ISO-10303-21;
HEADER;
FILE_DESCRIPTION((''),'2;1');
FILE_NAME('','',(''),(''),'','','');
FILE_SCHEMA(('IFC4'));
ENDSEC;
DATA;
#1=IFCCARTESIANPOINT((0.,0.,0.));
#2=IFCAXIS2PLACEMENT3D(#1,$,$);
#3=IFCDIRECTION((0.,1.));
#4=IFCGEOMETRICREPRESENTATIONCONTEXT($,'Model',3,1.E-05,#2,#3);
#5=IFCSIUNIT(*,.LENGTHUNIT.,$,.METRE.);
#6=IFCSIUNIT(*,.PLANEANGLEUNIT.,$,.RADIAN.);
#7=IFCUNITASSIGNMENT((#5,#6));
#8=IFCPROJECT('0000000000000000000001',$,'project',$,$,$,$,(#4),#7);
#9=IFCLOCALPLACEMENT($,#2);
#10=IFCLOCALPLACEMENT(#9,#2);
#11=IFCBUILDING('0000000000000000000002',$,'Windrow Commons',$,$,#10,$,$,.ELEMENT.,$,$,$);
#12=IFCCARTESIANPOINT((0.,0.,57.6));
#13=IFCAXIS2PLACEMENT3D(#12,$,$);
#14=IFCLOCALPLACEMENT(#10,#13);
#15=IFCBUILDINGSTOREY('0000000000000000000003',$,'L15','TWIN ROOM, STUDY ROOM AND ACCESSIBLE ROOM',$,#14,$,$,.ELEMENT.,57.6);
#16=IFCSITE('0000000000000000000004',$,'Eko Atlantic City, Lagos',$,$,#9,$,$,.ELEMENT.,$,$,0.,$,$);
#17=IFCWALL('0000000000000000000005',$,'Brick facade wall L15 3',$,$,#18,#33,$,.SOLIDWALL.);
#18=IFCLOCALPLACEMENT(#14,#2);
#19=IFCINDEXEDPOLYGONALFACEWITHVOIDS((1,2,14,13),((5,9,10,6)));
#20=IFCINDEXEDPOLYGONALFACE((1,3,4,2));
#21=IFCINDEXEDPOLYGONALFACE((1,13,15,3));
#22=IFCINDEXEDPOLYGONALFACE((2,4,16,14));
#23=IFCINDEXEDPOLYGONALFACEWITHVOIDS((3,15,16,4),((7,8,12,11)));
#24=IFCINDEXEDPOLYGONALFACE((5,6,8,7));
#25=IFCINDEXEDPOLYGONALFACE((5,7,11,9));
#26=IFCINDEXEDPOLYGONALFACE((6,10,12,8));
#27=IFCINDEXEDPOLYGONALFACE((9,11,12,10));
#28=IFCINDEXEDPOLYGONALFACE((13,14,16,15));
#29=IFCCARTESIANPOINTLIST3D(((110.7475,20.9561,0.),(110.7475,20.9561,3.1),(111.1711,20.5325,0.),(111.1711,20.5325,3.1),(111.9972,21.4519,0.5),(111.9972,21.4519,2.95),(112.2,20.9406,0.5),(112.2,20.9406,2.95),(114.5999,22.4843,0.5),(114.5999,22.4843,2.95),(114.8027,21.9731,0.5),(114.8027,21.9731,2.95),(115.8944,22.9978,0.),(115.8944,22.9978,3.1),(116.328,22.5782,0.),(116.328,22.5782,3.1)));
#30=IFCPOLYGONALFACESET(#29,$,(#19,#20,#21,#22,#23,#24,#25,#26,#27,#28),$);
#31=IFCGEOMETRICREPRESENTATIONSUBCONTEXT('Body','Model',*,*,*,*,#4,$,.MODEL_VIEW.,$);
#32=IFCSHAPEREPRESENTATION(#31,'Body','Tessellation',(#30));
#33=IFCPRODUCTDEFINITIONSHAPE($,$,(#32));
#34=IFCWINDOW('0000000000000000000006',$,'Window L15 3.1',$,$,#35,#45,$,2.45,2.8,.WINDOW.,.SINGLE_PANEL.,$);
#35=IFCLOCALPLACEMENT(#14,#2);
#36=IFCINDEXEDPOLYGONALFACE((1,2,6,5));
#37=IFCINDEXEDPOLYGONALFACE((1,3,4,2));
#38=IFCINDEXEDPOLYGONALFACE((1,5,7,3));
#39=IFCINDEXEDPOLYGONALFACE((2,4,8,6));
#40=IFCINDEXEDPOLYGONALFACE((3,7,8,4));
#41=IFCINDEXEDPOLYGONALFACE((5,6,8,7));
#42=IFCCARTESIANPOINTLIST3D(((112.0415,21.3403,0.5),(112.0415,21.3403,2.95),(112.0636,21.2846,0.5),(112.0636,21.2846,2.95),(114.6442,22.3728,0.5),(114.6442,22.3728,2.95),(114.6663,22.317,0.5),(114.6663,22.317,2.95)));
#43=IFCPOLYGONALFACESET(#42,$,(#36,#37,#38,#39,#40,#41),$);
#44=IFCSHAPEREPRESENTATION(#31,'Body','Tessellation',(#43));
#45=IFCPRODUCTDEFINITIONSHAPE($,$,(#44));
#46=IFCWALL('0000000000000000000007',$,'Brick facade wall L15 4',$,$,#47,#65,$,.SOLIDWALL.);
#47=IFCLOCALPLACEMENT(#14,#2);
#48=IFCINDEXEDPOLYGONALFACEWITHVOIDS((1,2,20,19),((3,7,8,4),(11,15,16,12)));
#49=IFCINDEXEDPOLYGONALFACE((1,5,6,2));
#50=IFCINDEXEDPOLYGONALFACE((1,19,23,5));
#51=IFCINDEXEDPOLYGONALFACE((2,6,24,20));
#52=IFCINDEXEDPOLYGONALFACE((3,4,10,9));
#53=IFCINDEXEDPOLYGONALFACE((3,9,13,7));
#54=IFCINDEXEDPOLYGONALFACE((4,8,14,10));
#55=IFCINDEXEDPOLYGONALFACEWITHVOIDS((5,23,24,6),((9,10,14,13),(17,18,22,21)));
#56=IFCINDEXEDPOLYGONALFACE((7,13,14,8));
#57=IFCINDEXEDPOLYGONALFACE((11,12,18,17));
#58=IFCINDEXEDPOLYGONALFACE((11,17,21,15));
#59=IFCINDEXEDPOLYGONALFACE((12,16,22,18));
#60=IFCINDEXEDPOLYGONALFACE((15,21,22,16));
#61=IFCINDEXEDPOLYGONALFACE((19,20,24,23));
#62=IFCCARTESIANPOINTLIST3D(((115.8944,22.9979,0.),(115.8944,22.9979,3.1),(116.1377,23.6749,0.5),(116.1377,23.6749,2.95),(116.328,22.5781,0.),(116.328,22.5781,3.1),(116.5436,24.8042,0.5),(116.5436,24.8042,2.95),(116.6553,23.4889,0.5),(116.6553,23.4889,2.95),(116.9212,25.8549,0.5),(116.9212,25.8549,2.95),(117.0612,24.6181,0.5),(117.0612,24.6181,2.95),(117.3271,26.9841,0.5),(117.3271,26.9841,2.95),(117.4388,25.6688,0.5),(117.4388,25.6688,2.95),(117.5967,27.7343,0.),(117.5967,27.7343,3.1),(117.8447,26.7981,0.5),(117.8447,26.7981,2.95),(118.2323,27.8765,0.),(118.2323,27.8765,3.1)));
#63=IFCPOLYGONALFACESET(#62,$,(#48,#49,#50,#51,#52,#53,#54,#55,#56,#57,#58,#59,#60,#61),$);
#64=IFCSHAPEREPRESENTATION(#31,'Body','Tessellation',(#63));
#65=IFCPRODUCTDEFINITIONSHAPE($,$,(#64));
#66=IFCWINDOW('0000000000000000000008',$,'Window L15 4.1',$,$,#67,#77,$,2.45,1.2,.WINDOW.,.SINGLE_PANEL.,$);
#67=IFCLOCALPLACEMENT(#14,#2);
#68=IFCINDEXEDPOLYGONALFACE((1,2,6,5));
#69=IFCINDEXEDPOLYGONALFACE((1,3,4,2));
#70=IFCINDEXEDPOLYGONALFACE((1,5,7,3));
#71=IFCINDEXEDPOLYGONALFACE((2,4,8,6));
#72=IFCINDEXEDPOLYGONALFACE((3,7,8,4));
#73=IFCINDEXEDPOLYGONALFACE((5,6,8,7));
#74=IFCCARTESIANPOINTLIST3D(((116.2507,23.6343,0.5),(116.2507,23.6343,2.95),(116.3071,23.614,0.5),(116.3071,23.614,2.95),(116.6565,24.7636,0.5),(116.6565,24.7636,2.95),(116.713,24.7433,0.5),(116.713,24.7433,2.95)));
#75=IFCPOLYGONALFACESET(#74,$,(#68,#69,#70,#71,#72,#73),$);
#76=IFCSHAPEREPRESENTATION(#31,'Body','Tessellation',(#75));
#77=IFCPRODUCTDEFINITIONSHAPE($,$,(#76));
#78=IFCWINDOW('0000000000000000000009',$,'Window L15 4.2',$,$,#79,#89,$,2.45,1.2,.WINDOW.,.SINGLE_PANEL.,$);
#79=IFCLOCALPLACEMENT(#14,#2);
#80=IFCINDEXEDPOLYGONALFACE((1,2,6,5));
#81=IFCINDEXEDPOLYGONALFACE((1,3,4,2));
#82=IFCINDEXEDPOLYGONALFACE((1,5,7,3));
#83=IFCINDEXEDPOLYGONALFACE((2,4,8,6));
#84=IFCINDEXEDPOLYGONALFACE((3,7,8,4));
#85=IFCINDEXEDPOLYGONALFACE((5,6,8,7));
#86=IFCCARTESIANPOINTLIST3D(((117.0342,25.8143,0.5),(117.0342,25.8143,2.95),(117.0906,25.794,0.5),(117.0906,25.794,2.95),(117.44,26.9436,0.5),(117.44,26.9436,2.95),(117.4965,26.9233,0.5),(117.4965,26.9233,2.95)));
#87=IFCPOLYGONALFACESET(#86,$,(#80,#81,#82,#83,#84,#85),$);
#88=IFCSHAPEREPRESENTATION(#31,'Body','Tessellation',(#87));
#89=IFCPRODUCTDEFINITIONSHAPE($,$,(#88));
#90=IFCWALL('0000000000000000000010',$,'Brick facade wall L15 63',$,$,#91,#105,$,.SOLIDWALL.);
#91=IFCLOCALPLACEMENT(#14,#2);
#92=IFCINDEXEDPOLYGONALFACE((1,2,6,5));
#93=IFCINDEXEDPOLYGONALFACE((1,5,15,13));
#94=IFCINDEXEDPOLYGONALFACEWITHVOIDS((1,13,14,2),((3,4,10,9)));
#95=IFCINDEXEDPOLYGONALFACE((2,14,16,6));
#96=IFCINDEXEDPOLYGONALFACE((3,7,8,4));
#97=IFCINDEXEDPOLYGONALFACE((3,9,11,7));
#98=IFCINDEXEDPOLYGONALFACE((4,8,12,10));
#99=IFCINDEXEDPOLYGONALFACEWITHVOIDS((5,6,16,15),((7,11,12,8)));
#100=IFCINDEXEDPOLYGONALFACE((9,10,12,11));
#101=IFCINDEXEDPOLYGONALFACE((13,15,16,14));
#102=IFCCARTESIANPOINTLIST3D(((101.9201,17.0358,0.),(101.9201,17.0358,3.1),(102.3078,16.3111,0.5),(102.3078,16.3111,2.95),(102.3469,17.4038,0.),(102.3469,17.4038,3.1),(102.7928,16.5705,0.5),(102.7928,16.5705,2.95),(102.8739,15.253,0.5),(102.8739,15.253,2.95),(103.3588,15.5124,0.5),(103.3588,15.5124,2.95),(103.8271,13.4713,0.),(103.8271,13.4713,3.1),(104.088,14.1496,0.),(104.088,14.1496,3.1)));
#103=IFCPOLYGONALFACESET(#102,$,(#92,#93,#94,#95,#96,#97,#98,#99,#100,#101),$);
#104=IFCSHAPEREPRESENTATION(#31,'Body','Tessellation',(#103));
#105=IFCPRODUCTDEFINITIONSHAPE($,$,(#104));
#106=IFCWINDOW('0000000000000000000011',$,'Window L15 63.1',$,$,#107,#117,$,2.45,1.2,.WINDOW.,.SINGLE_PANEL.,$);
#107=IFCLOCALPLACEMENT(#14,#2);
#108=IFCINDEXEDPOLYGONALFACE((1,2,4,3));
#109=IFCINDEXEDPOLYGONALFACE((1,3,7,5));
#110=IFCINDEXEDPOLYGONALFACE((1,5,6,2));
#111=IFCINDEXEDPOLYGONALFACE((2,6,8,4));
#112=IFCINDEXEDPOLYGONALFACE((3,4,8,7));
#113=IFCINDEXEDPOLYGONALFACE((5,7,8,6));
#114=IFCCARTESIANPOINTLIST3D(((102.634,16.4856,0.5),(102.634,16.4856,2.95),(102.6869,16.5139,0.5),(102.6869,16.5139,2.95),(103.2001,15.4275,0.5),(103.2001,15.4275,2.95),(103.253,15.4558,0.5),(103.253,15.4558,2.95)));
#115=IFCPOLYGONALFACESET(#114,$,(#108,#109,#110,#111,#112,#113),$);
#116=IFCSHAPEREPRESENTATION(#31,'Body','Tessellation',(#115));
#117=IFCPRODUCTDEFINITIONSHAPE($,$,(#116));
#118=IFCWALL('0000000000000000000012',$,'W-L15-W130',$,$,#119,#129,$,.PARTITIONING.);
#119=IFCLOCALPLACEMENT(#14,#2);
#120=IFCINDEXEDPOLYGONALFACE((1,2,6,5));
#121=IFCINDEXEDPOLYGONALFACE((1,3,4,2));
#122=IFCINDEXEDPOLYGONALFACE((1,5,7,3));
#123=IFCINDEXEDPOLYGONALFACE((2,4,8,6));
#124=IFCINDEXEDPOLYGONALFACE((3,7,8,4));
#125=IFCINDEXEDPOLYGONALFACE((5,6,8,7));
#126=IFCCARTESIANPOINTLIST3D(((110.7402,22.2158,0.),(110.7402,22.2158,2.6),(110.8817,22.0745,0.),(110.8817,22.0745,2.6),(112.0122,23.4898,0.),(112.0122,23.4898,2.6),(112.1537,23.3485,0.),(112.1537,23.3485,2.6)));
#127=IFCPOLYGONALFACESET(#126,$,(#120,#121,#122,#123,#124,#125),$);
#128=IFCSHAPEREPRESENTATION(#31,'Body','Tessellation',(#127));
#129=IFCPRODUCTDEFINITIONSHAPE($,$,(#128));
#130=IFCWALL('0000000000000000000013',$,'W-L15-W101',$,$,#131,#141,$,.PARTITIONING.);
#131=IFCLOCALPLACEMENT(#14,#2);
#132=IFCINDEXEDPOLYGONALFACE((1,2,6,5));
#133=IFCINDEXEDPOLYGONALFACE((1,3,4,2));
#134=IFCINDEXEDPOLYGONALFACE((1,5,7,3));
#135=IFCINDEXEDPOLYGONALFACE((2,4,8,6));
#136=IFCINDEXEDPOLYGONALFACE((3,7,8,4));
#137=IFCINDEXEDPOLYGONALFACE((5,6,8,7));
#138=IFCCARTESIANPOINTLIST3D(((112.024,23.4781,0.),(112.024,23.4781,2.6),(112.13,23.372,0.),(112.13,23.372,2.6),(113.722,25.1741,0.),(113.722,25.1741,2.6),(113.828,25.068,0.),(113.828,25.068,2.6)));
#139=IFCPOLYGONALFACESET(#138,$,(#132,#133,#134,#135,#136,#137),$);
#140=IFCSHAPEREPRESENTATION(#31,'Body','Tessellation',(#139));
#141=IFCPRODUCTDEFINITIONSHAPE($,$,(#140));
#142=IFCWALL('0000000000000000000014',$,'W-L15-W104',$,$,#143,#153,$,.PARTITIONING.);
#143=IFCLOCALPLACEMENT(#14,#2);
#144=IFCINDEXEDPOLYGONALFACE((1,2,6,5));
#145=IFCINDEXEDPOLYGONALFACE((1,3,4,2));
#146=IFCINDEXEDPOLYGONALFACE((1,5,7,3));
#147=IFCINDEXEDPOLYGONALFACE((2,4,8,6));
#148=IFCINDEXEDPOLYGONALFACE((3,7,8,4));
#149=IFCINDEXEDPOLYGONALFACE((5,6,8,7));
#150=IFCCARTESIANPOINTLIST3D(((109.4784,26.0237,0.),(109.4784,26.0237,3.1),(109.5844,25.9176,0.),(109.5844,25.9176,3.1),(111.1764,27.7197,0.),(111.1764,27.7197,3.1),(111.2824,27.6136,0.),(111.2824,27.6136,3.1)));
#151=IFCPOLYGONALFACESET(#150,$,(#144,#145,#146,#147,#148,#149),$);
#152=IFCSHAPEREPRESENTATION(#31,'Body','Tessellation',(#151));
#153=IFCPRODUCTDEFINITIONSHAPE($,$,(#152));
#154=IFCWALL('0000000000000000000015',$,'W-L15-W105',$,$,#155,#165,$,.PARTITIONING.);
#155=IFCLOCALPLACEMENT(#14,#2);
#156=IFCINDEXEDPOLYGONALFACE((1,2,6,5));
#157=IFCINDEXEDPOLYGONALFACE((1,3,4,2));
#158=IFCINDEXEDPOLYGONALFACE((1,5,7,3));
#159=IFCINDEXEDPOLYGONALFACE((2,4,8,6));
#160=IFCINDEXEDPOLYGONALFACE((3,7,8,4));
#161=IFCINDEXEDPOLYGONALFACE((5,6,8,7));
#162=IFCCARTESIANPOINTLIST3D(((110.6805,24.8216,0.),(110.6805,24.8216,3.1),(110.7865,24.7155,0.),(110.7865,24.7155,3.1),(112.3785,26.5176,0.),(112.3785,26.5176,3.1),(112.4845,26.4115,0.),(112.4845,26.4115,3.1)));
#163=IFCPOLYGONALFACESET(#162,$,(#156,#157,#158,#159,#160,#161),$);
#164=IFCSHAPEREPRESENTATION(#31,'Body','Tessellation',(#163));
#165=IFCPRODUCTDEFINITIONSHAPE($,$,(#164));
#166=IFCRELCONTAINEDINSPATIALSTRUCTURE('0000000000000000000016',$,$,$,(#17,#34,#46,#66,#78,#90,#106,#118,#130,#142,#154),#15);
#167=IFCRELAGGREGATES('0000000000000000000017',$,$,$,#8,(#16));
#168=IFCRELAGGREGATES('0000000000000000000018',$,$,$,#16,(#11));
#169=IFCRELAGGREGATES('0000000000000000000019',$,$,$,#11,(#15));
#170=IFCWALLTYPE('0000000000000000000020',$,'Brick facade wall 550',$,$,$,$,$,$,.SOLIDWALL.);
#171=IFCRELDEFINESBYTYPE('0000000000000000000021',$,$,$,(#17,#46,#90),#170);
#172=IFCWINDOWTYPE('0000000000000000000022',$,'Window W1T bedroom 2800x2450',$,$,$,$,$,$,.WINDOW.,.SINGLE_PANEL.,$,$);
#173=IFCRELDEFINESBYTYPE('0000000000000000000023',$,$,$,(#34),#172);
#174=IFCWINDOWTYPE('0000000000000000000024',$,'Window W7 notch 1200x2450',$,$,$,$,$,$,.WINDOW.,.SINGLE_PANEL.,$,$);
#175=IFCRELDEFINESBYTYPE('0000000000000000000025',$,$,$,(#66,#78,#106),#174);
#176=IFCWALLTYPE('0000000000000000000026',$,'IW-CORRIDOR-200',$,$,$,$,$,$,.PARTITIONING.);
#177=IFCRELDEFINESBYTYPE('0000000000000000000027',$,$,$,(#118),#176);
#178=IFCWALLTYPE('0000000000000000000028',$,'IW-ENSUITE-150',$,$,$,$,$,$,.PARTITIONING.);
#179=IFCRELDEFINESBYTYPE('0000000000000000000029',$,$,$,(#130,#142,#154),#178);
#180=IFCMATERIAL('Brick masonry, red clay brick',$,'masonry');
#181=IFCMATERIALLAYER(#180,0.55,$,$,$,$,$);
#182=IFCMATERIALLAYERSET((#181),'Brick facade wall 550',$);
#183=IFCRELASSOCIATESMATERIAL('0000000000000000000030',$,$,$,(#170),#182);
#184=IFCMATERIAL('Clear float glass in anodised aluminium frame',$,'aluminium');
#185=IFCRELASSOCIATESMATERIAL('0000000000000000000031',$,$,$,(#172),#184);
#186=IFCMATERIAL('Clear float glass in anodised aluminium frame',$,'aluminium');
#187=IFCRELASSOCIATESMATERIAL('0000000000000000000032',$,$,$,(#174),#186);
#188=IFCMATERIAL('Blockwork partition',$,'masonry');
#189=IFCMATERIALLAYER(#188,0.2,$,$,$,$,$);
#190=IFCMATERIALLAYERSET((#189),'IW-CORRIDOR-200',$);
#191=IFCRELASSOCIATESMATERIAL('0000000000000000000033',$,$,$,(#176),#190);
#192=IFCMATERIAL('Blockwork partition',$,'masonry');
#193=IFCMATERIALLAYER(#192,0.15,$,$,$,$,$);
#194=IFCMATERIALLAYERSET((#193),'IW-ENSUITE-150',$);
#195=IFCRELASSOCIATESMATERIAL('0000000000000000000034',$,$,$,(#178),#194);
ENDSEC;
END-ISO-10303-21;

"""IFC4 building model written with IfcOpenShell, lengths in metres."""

from ifc_helpers import new_model, si_unit, direction, frame, frame_2d, origin, place, context, subcontext, project, spatial, polyline, rectangle, outline, extrude, material, layer, layer_set, type_object, element, fill, save


model = new_model("IFC4")

# Units and contexts
model_context = context("Model", 3, precision=1e-05, world=origin(), true_north=direction((0.0, 1.0)))
body_context = subcontext(model_context, "Body", "Model", "MODEL_VIEW")
ifc_project = project(units=[si_unit("LENGTHUNIT", "METRE"), si_unit("PLANEANGLEUNIT", "RADIAN")], contexts=[model_context])

# Site, building, storey
site_placement = place(None, origin())
site = spatial("IfcSite", under=ifc_project, at=site_placement, Name="Eko Atlantic City, Lagos", CompositionType="ELEMENT", RefElevation=0.0)
building_placement = place(site_placement, origin())
building = spatial("IfcBuilding", under=site, at=building_placement, Name="Windrow Commons", CompositionType="ELEMENT")
storey_placement = place(building_placement, frame((0.0, 0.0, 57.6)))
storey = spatial("IfcBuildingStorey", under=building, at=storey_placement, Name="L15", Description="TWIN ROOM, STUDY ROOM AND ACCESSIBLE ROOM", CompositionType="ELEMENT", Elevation=57.6)

# Shared definitions
ifc_material_1 = material(Name="Brick masonry, red clay brick", Category="masonry")
ifc_layer_1 = layer(ifc_material_1, 0.55)
ifc_layer_set_1 = layer_set([ifc_layer_1], Name="Brick facade wall 550")
wall_type_1 = type_object("IfcWallType", Name="Brick facade wall 550", PredefinedType="SOLIDWALL", material=ifc_layer_set_1)
ifc_material_2 = material(Name="Clear float glass in anodised aluminium frame", Category="aluminium")
window_type_1 = type_object("IfcWindowType", Name="Window W1T bedroom 2800x2450", PartitioningType="SINGLE_PANEL", PredefinedType="WINDOW", material=ifc_material_2)

# Shared definitions
ifc_material_3 = material(Name="Clear float glass in anodised aluminium frame", Category="aluminium")
window_type_2 = type_object("IfcWindowType", Name="Window W7 notch 1200x2450", PartitioningType="SINGLE_PANEL", PredefinedType="WINDOW", material=ifc_material_3)

# Wall, opening, window
wall_1_placement = place(storey_placement, frame((110.9593, 20.7443, 0.0), z_axis=(0.0, 0.0, 1.0), x_axis=(0.929534, 0.368736, 0.0)))
wall_1 = element("IfcWall", 1, at=wall_1_placement, inside=storey, type_object=wall_type_1, Name="Brick facade wall L15 3", PredefinedType="SOLIDWALL", context=body_context, shape_type="SweptSolid", body=[
    extrude(outline(polyline([(0.1188, -0.275), (5.6666, -0.275), (5.4183, 0.275), (-0.1188, 0.275), (0.1188, -0.275)])), origin(), (0.0, 0.0, 1.0), 3.1),
])
opening_1_placement = place(wall_1_placement, frame((1.2257, 0.0, 0.5)))
opening_1 = element("IfcOpeningElement", 2, at=opening_1_placement, cuts=wall_1, PredefinedType="OPENING", context=body_context, shape_type="SweptSolid", body=[
    extrude(rectangle(XDim=2.8, YDim=2.45, at=frame_2d((1.4, 1.225))), frame((0.0, 0.285, 0.0), z_axis=(0.0, -1.0, 0.0), x_axis=(1.0, 0.0, 0.0)), (0.0, 0.0, 1.0), 0.57),
])
window_1_placement = place(opening_1_placement, origin())
window_1 = element("IfcWindow", 3, at=window_1_placement, inside=storey, type_object=window_type_1, Name="Window L15 3.1", OverallHeight=2.45, OverallWidth=2.8, PartitioningType="SINGLE_PANEL", PredefinedType="WINDOW", context=body_context, shape_type="SweptSolid", body=[
    extrude(rectangle(XDim=2.8, YDim=2.45, at=frame_2d((1.4, 1.225))), frame((0.0, 0.155, 0.0), z_axis=(0.0, -1.0, 0.0), x_axis=(1.0, 0.0, 0.0)), (0.0, 0.0, 1.0), 0.06),
])
fill(opening_1, window_1)

# Wall, openings, windows
wall_2_placement = place(storey_placement, frame((116.1112, 22.788, 0.0), z_axis=(0.0, 0.0, 1.0), x_axis=(0.338227, 0.941064, 0.0)))
wall_2 = element("IfcWall", 4, at=wall_2_placement, inside=storey, type_object=wall_type_1, Name="Brick facade wall L15 4", PredefinedType="SOLIDWALL", context=body_context, shape_type="SweptSolid", body=[
    extrude(outline(polyline([(-0.1242, -0.275), (5.506, -0.275), (5.1572, 0.275), (0.1242, 0.275), (-0.1242, -0.275)])), origin(), (0.0, 0.0, 1.0), 3.1),
])
opening_2_placement = place(wall_2_placement, frame((0.8436, 0.0, 0.5)))
opening_2 = element("IfcOpeningElement", 5, at=opening_2_placement, cuts=wall_2, PredefinedType="OPENING", context=body_context, shape_type="SweptSolid", body=[
    extrude(rectangle(XDim=1.2, YDim=2.45, at=frame_2d((0.6, 1.225))), frame((0.0, 0.285, 0.0), z_axis=(0.0, -1.0, 0.0), x_axis=(1.0, 0.0, 0.0)), (0.0, 0.0, 1.0), 0.57),
])
opening_3_placement = place(wall_2_placement, frame((3.1601, 0.0, 0.5)))
opening_3 = element("IfcOpeningElement", 6, at=opening_3_placement, cuts=wall_2, PredefinedType="OPENING", context=body_context, shape_type="SweptSolid", body=[
    extrude(rectangle(XDim=1.2, YDim=2.45, at=frame_2d((0.6, 1.225))), frame((0.0, 0.285, 0.0), z_axis=(0.0, -1.0, 0.0), x_axis=(1.0, 0.0, 0.0)), (0.0, 0.0, 1.0), 0.57),
])
window_2_placement = place(opening_2_placement, origin())
window_2 = element("IfcWindow", 7, at=window_2_placement, inside=storey, type_object=window_type_2, Name="Window L15 4.1", OverallHeight=2.45, OverallWidth=1.2, PartitioningType="SINGLE_PANEL", PredefinedType="WINDOW", context=body_context, shape_type="SweptSolid", body=[
    extrude(rectangle(XDim=1.2, YDim=2.45, at=frame_2d((0.6, 1.225))), frame((0.0, 0.155, 0.0), z_axis=(0.0, -1.0, 0.0), x_axis=(1.0, 0.0, 0.0)), (0.0, 0.0, 1.0), 0.06),
])
fill(opening_2, window_2)
window_3_placement = place(opening_3_placement, origin())
window_3 = element("IfcWindow", 8, at=window_3_placement, inside=storey, type_object=window_type_2, Name="Window L15 4.2", OverallHeight=2.45, OverallWidth=1.2, PartitioningType="SINGLE_PANEL", PredefinedType="WINDOW", context=body_context, shape_type="SweptSolid", body=[
    extrude(rectangle(XDim=1.2, YDim=2.45, at=frame_2d((0.6, 1.225))), frame((0.0, 0.155, 0.0), z_axis=(0.0, -1.0, 0.0), x_axis=(1.0, 0.0, 0.0)), (0.0, 0.0, 1.0), 0.06),
])
fill(opening_3, window_3)

# Wall, opening, window
wall_3_placement = place(storey_placement, frame((102.1335, 17.2198, 0.0), z_axis=(0.0, 0.0, 1.0), x_axis=(0.471737, -0.881739, 0.0)))
wall_3 = element("IfcWall", 9, at=wall_3_placement, inside=storey, type_object=wall_type_1, Name="Brick facade wall L15 63", PredefinedType="SOLIDWALL", context=body_context, shape_type="SweptSolid", body=[
    extrude(outline(polyline([(0.0616, -0.275), (4.1041, -0.275), (3.6291, 0.275), (-0.0616, 0.275), (0.0616, -0.275)])), origin(), (0.0, 0.0, 1.0), 3.1),
])
opening_4_placement = place(wall_3_placement, frame((0.8835, 0.0, 0.5)))
opening_4 = element("IfcOpeningElement", 10, at=opening_4_placement, cuts=wall_3, PredefinedType="OPENING", context=body_context, shape_type="SweptSolid", body=[
    extrude(rectangle(XDim=1.2, YDim=2.45, at=frame_2d((0.6, 1.225))), frame((0.0, 0.285, 0.0), z_axis=(0.0, -1.0, 0.0), x_axis=(1.0, 0.0, 0.0)), (0.0, 0.0, 1.0), 0.57),
])
window_4_placement = place(opening_4_placement, origin())
window_4 = element("IfcWindow", 11, at=window_4_placement, inside=storey, type_object=window_type_2, Name="Window L15 63.1", OverallHeight=2.45, OverallWidth=1.2, PartitioningType="SINGLE_PANEL", PredefinedType="WINDOW", context=body_context, shape_type="SweptSolid", body=[
    extrude(rectangle(XDim=1.2, YDim=2.45, at=frame_2d((0.6, 1.225))), frame((0.0, 0.155, 0.0), z_axis=(0.0, -1.0, 0.0), x_axis=(1.0, 0.0, 0.0)), (0.0, 0.0, 1.0), 0.06),
])
fill(opening_4, window_4)

# Walls
ifc_material_4 = material(Name="Blockwork partition", Category="masonry")
ifc_layer_2 = layer(ifc_material_4, 0.2)
ifc_layer_set_2 = layer_set([ifc_layer_2], Name="IW-CORRIDOR-200")
wall_type_2 = type_object("IfcWallType", Name="IW-CORRIDOR-200", PredefinedType="PARTITIONING", material=ifc_layer_set_2)
wall_4_placement = place(storey_placement, frame((110.8109, 22.1451, 0.0), z_axis=(0.0, 0.0, 1.0), x_axis=(0.706551, 0.707662, 0.0)))
element("IfcWall", 12, at=wall_4_placement, inside=storey, type_object=wall_type_2, Name="W-L15-W130", PredefinedType="PARTITIONING", context=body_context, shape_type="SweptSolid", body=[
    extrude(rectangle(XDim=1.8003, YDim=0.2, at=frame_2d((0.9002, 0.0))), origin(), (0.0, 0.0, 1.0), 2.6),
])
ifc_material_5 = material(Name="Blockwork partition", Category="masonry")
ifc_layer_3 = layer(ifc_material_5, 0.15)
ifc_layer_set_3 = layer_set([ifc_layer_3], Name="IW-ENSUITE-150")
wall_type_3 = type_object("IfcWallType", Name="IW-ENSUITE-150", PredefinedType="PARTITIONING", material=ifc_layer_set_3)
wall_5_placement = place(storey_placement, frame((112.077, 23.425, 0.0), z_axis=(0.0, 0.0, 1.0), x_axis=(0.707523, 0.70669, 0.0)))
element("IfcWall", 13, at=wall_5_placement, inside=storey, type_object=wall_type_3, Name="W-L15-W101", PredefinedType="PARTITIONING", context=body_context, shape_type="SweptSolid", body=[
    extrude(rectangle(XDim=2.3999, YDim=0.15, at=frame_2d((1.2, 0.0))), origin(), (0.0, 0.0, 1.0), 2.6),
])
for number, where, z_axis, x_axis, name in (
    (14, (109.5314, 25.9706, 0.0), (0.0, 0.0, 1.0), (0.707523, 0.70669, 0.0), "W-L15-W104"),
    (15, (110.7335, 24.7685, 0.0), (0.0, 0.0, 1.0), (0.707523, 0.70669, 0.0), "W-L15-W105"),
):
    element("IfcWall", number, at=place(storey_placement, frame(where, z_axis=z_axis, x_axis=x_axis)), inside=storey, type_object=wall_type_3, Name=name, PredefinedType="PARTITIONING", context=body_context, shape_type="SweptSolid", body=[
        extrude(rectangle(XDim=2.3999, YDim=0.15, at=frame_2d((1.2, 0.0))), origin(), (0.0, 0.0, 1.0), 3.1),
    ])

save(model, "model.ifc")
